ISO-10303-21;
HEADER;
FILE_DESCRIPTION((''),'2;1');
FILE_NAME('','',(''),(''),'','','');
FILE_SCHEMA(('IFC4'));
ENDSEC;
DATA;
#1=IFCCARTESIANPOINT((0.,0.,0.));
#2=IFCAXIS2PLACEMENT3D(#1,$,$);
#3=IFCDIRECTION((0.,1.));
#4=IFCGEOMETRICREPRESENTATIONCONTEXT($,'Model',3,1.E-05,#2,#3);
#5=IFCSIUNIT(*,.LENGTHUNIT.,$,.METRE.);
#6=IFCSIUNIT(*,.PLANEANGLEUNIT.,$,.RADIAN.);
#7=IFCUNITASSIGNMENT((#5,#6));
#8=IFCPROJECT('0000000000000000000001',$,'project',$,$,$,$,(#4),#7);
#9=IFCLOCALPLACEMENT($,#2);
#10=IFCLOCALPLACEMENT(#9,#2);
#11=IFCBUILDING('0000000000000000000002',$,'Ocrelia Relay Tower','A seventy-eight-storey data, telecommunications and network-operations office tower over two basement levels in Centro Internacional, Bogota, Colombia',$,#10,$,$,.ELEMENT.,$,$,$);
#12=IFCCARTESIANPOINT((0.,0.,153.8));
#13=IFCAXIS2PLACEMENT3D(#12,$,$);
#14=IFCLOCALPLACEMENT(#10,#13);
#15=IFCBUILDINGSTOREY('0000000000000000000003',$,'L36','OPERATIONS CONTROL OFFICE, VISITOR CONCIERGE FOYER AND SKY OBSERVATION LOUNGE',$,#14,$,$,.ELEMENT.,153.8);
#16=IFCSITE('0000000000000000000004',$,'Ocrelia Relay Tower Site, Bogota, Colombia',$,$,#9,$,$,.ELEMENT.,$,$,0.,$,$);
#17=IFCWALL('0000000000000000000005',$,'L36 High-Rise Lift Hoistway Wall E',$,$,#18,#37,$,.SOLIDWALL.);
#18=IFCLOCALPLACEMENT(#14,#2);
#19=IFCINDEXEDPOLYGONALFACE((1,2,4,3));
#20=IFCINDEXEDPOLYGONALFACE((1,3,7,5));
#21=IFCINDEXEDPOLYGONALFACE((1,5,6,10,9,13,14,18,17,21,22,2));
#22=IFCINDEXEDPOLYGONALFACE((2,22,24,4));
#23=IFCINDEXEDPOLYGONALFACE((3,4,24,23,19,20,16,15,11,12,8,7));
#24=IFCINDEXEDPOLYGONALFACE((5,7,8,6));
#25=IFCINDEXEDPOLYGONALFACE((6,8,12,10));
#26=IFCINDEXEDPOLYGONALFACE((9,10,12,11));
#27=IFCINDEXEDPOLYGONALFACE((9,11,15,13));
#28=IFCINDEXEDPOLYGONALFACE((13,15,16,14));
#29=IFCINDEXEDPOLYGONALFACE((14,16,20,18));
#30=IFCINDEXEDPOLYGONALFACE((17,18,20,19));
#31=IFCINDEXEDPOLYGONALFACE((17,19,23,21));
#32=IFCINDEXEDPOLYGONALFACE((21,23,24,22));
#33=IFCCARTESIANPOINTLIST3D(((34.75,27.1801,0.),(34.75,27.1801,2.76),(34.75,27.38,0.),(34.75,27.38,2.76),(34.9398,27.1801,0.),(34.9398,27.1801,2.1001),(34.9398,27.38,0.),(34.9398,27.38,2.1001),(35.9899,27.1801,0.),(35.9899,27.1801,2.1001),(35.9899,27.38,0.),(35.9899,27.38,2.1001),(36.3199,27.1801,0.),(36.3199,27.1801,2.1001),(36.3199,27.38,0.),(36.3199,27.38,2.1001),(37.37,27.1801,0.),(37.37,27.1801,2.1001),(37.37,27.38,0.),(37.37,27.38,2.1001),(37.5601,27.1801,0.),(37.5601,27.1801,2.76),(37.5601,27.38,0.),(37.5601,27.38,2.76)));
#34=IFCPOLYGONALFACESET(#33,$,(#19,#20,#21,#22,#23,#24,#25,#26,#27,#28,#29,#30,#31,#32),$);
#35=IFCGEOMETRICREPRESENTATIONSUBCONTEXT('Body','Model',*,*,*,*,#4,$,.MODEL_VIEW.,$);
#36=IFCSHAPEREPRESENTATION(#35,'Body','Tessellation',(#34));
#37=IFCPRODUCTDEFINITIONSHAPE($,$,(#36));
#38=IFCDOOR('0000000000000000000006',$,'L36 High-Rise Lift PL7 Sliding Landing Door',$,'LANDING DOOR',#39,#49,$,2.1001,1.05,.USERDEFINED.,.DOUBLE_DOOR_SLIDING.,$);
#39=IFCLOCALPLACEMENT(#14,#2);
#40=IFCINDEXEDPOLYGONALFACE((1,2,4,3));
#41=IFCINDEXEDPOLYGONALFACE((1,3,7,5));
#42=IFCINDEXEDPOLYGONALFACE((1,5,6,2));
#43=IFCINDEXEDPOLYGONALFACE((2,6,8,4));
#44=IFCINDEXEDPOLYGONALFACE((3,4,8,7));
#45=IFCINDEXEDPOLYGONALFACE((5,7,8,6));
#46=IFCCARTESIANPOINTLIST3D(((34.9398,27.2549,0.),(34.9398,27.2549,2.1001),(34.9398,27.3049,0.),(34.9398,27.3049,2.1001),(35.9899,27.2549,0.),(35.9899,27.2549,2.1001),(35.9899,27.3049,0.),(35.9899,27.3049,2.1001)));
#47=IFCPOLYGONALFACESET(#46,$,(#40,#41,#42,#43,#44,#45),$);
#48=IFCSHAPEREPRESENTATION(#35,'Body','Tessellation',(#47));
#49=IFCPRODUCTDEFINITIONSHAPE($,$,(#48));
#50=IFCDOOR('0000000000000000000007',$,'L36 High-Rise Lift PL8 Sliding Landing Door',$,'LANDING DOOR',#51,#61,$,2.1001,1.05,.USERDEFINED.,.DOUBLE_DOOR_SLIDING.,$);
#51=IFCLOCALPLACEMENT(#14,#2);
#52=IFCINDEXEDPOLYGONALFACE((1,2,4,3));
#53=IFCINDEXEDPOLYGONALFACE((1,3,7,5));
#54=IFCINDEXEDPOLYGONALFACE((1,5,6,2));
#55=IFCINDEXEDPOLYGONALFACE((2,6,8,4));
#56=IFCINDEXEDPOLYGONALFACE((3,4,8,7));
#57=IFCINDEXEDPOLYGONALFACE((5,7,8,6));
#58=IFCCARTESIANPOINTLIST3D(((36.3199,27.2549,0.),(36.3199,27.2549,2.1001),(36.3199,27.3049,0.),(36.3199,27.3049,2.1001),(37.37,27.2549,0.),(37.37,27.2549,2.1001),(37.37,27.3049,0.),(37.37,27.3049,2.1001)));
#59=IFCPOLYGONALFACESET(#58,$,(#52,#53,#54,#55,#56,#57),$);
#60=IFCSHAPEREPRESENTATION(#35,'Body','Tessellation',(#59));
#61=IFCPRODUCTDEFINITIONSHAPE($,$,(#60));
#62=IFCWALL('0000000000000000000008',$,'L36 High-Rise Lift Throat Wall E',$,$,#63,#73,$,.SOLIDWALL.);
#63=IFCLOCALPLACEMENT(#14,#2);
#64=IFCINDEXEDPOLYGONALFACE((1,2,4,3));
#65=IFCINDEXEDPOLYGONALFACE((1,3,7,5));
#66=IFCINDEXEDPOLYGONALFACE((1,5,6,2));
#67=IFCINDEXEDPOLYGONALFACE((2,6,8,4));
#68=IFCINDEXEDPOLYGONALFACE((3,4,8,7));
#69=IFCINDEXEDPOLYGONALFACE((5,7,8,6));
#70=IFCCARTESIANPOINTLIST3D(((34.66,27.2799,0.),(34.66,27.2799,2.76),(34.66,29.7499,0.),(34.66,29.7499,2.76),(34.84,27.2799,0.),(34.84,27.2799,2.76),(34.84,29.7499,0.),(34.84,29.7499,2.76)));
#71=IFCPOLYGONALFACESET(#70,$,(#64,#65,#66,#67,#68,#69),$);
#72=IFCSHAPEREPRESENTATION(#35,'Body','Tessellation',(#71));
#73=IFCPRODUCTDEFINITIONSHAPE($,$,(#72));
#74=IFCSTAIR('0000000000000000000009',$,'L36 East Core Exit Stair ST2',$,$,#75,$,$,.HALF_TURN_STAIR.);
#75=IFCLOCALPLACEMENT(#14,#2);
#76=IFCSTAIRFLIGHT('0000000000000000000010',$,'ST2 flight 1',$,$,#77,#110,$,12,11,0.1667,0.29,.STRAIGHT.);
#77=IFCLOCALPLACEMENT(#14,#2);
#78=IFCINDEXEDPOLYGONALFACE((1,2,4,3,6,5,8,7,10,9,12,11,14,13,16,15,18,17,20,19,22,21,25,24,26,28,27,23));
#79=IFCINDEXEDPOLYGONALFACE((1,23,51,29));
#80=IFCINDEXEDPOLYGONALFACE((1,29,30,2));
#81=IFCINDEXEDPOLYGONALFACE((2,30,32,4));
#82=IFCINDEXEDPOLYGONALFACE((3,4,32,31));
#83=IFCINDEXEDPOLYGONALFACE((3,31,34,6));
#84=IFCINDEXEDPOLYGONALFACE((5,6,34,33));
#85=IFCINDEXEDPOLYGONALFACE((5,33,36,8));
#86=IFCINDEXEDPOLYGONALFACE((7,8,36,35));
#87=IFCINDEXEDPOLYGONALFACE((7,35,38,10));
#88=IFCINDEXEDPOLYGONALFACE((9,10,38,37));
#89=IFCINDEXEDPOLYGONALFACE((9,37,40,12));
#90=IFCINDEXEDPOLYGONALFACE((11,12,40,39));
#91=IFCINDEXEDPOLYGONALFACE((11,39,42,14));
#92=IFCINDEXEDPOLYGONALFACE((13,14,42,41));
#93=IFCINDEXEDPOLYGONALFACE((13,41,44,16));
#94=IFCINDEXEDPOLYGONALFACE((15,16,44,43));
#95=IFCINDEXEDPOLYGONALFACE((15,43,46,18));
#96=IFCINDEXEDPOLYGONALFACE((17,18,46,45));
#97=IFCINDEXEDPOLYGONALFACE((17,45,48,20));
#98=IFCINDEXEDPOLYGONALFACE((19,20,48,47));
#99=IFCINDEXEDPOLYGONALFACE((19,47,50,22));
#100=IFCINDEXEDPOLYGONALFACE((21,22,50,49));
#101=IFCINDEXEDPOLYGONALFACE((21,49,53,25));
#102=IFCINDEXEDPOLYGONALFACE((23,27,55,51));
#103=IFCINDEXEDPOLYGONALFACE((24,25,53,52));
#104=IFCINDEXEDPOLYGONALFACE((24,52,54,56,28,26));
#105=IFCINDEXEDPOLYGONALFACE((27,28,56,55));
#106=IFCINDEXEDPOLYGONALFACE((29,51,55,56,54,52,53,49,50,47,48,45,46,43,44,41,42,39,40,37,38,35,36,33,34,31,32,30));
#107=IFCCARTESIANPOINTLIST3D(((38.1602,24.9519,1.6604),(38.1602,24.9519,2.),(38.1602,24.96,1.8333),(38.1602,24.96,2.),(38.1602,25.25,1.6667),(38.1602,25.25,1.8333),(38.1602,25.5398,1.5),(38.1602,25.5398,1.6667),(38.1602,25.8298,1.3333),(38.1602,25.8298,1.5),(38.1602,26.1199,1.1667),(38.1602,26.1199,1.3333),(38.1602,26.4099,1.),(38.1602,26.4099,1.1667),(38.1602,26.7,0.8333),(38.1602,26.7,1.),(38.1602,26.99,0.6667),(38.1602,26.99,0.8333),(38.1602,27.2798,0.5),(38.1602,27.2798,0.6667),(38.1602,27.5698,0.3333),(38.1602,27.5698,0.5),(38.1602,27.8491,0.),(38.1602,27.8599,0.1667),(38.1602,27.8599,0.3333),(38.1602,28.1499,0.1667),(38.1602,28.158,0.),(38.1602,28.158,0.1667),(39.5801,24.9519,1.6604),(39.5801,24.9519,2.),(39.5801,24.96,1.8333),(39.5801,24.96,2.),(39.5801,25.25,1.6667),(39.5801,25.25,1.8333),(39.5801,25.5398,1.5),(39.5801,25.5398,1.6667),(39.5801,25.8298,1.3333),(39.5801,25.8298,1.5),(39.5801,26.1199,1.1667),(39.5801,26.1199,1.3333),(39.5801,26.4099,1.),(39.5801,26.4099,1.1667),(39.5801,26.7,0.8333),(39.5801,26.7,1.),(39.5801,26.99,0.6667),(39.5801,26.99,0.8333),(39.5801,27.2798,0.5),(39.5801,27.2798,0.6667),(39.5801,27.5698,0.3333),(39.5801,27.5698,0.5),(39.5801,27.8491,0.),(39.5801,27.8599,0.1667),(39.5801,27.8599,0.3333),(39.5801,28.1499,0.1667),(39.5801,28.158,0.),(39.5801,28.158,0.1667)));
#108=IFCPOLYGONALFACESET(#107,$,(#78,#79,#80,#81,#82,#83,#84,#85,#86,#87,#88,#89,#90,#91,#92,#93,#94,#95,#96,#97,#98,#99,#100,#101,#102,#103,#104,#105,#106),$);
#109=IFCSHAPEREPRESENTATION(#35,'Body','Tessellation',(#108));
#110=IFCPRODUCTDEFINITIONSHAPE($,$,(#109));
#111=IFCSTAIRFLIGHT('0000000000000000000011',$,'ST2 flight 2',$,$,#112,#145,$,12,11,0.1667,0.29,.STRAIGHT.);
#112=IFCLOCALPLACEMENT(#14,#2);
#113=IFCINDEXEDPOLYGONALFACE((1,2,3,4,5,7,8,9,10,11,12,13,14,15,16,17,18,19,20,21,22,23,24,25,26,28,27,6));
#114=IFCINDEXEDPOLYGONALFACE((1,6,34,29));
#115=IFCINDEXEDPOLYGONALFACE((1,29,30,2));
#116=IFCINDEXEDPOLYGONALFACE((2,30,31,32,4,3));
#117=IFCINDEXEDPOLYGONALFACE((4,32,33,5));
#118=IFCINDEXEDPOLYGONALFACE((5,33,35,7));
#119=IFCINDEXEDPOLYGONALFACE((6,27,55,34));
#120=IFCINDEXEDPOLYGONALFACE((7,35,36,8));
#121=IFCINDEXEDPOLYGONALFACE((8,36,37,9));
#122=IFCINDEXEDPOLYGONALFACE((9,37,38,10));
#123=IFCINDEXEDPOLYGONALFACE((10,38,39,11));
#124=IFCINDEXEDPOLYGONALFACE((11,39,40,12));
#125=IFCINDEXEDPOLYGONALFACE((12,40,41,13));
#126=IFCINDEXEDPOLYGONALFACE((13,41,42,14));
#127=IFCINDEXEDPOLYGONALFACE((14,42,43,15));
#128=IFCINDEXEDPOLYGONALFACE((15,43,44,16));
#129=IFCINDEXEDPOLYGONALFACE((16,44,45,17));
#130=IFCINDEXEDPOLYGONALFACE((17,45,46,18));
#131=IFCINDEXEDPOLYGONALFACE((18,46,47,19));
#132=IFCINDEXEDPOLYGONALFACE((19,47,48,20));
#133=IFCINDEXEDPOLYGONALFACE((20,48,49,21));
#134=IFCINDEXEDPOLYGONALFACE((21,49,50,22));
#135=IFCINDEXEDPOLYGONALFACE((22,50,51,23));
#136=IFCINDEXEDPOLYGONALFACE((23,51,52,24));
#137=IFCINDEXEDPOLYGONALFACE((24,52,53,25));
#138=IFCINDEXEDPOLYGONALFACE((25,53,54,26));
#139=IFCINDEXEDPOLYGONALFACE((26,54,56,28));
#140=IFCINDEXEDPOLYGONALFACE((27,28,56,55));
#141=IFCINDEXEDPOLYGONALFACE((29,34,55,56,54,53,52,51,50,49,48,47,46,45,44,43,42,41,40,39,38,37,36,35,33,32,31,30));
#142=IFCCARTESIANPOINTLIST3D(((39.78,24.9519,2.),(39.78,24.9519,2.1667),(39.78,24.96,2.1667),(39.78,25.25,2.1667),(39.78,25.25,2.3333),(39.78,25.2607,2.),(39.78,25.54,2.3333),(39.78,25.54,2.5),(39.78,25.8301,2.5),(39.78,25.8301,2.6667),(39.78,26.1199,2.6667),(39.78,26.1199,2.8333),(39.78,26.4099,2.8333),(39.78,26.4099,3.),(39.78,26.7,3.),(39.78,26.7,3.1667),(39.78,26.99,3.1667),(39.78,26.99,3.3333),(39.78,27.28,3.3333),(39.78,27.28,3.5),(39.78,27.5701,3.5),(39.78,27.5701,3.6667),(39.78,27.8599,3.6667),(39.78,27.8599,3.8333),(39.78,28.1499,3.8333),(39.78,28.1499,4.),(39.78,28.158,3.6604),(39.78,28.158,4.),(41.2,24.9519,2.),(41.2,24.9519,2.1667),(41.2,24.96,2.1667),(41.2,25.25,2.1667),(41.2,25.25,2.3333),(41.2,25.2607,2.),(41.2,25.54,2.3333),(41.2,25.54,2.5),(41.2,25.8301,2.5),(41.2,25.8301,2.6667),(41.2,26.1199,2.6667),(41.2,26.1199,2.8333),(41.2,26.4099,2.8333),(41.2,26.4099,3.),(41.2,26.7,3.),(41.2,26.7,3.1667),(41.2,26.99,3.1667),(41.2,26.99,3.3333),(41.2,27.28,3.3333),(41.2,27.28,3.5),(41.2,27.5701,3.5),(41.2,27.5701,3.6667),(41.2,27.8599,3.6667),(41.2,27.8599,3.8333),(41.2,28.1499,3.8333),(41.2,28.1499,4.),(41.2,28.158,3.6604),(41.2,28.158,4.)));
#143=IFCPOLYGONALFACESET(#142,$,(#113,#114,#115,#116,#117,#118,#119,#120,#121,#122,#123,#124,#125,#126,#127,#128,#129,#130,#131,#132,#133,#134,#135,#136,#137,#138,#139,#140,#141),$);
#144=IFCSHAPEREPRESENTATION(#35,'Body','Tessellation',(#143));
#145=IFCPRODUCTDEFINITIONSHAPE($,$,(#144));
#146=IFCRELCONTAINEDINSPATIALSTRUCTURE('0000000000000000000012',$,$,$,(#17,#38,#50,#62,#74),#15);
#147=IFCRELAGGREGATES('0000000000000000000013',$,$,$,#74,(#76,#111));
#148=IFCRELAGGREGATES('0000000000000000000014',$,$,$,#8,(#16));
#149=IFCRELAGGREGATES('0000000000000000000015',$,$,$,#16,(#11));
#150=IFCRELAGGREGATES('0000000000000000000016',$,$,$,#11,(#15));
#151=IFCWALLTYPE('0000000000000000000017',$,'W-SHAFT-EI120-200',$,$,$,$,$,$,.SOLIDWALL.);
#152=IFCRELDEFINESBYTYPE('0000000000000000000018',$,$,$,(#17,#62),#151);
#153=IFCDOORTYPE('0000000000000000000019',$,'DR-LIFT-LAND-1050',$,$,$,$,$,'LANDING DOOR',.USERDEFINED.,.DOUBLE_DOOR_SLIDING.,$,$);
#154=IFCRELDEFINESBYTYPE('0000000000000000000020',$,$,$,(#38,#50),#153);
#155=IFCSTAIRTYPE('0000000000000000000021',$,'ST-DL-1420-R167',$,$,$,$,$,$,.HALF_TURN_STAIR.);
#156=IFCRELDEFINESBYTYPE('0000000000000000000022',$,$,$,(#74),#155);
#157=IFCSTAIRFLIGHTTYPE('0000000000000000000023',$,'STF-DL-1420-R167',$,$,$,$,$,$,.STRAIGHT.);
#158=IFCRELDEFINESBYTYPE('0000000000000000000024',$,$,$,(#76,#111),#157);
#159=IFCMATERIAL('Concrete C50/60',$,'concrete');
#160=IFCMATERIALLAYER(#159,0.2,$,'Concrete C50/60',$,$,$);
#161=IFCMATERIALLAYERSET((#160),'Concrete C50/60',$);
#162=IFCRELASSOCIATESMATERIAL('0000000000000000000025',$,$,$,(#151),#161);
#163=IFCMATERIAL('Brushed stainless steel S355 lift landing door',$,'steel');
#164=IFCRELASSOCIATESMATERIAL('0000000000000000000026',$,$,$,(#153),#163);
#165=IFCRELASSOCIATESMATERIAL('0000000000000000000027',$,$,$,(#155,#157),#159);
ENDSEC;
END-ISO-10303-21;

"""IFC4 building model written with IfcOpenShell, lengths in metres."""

from ifc_helpers import new_model, si_unit, direction, frame, frame_2d, origin, place, context, subcontext, project, spatial, polyline, rectangle, outline, extrude, material, layer, layer_set, type_object, element, fill, aggregate, save


model = new_model("IFC4")

# Units and contexts
model_context = context("Model", 3, precision=1e-05, world=origin(), true_north=direction((0.0, 1.0)))
body_context = subcontext(model_context, "Body", "Model", "MODEL_VIEW")
ifc_project = project(units=[si_unit("LENGTHUNIT", "METRE"), si_unit("PLANEANGLEUNIT", "RADIAN")], contexts=[model_context])

# Site, building, storey
site_placement = place(None, origin())
site = spatial("IfcSite", under=ifc_project, at=site_placement, Name="Ocrelia Relay Tower Site, Bogota, Colombia", CompositionType="ELEMENT", RefElevation=0.0)
building_placement = place(site_placement, origin())
building = spatial("IfcBuilding", under=site, at=building_placement, Name="Ocrelia Relay Tower", Description="A seventy-eight-storey data, telecommunications and network-operations office tower over two basement levels in Centro Internacional, Bogota, Colombia", CompositionType="ELEMENT")
storey_placement = place(building_placement, frame((0.0, 0.0, 153.8)))
storey = spatial("IfcBuildingStorey", under=building, at=storey_placement, Name="L36", Description="OPERATIONS CONTROL OFFICE, VISITOR CONCIERGE FOYER AND SKY OBSERVATION LOUNGE", CompositionType="ELEMENT", Elevation=153.8)

# Shared definitions
ifc_material_1 = material(Name="Concrete C50/60", Category="concrete")
ifc_layer_1 = layer(ifc_material_1, 0.2, Name="Concrete C50/60")
ifc_layer_set_1 = layer_set([ifc_layer_1], Name="Concrete C50/60")
wall_type_1 = type_object("IfcWallType", Name="W-SHAFT-EI120-200", PredefinedType="SOLIDWALL", material=ifc_layer_set_1)
ifc_material_2 = material(Name="Brushed stainless steel S355 lift landing door", Category="steel")
door_type = type_object("IfcDoorType", Name="DR-LIFT-LAND-1050", ElementType="LANDING DOOR", OperationType="DOUBLE_DOOR_SLIDING", PredefinedType="USERDEFINED", material=ifc_material_2)

# Wall, openings, doors
wall_1_placement = place(storey_placement, frame((34.75, 27.28, 0.0), z_axis=(0.0, 0.0, 1.0), x_axis=(1.0, 0.0, 0.0)))
wall_1 = element("IfcWall", 1, at=wall_1_placement, inside=storey, type_object=wall_type_1, Name="L36 High-Rise Lift Hoistway Wall E", PredefinedType="SOLIDWALL", context=body_context, shape_type="SweptSolid", body=[
    extrude(rectangle(XDim=2.8101, YDim=0.2, at=frame_2d((1.405, 0.0))), origin(), (0.0, 0.0, 1.0), 2.76),
])
opening_1_placement = place(wall_1_placement, frame((0.1899, 0.0, 0.0)))
opening_1 = element("IfcOpeningElement", 2, at=opening_1_placement, cuts=wall_1, PredefinedType="OPENING", context=body_context, shape_type="SweptSolid", body=[
    extrude(rectangle(XDim=1.05, YDim=2.1001, at=frame_2d((0.5249, 1.05))), frame((0.0, 0.1099, 0.0), z_axis=(0.0, -1.0, 0.0), x_axis=(1.0, 0.0, 0.0)), (0.0, 0.0, 1.0), 0.22),
])
opening_2_placement = place(wall_1_placement, frame((1.5701, 0.0, 0.0)))
opening_2 = element("IfcOpeningElement", 3, at=opening_2_placement, cuts=wall_1, PredefinedType="OPENING", context=body_context, shape_type="SweptSolid", body=[
    extrude(rectangle(XDim=1.05, YDim=2.1001, at=frame_2d((0.5249, 1.05))), frame((0.0, 0.1099, 0.0), z_axis=(0.0, -1.0, 0.0), x_axis=(1.0, 0.0, 0.0)), (0.0, 0.0, 1.0), 0.22),
])
door_1_placement = place(opening_1_placement, origin())
door_1 = element("IfcDoor", 4, at=door_1_placement, inside=storey, type_object=door_type, Name="L36 High-Rise Lift PL7 Sliding Landing Door", ObjectType="LANDING DOOR", OperationType="DOUBLE_DOOR_SLIDING", OverallHeight=2.1001, OverallWidth=1.05, PredefinedType="USERDEFINED", context=body_context, shape_type="SweptSolid", body=[
    extrude(rectangle(XDim=1.05, YDim=2.1001, at=frame_2d((0.5249, 1.05))), frame((0.0, 0.0249, 0.0), z_axis=(0.0, -1.0, 0.0), x_axis=(1.0, 0.0, 0.0)), (0.0, 0.0, 1.0), 0.05),
])
fill(opening_1, door_1)
door_2_placement = place(opening_2_placement, origin())
door_2 = element("IfcDoor", 5, at=door_2_placement, inside=storey, type_object=door_type, Name="L36 High-Rise Lift PL8 Sliding Landing Door", ObjectType="LANDING DOOR", OperationType="DOUBLE_DOOR_SLIDING", OverallHeight=2.1001, OverallWidth=1.05, PredefinedType="USERDEFINED", context=body_context, shape_type="SweptSolid", body=[
    extrude(rectangle(XDim=1.05, YDim=2.1001, at=frame_2d((0.5249, 1.05))), frame((0.0, 0.0249, 0.0), z_axis=(0.0, -1.0, 0.0), x_axis=(1.0, 0.0, 0.0)), (0.0, 0.0, 1.0), 0.05),
])
fill(opening_2, door_2)

# Wall
wall_2_placement = place(storey_placement, frame((34.75, 27.28, 0.0), z_axis=(0.0, 0.0, 1.0), x_axis=(0.0, 1.0, 0.0)))
element("IfcWall", 6, at=wall_2_placement, inside=storey, type_object=wall_type_1, Name="L36 High-Rise Lift Throat Wall E", PredefinedType="SOLIDWALL", context=body_context, shape_type="SweptSolid", body=[
    extrude(rectangle(XDim=2.47, YDim=0.1799, at=frame_2d((1.2349, 0.0))), origin(), (0.0, 0.0, 1.0), 2.76),
])

# Stair, stair flights
stair_type = type_object("IfcStairType", Name="ST-DL-1420-R167", PredefinedType="HALF_TURN_STAIR", material=ifc_material_1)
stair_placement = place(storey_placement, origin())
stair = element("IfcStair", 7, at=stair_placement, inside=storey, type_object=stair_type, Name="L36 East Core Exit Stair ST2", PredefinedType="HALF_TURN_STAIR")
stair_flight_type = type_object("IfcStairFlightType", Name="STF-DL-1420-R167", PredefinedType="STRAIGHT", material=ifc_material_1)
stair_flight_1_placement = place(storey_placement, frame((38.8701, 28.1499, 0.0), z_axis=(0.0, 0.0, 1.0), x_axis=(0.0, -1.0, 0.0)))
stair_flight_1 = element("IfcStairFlight", 8, at=stair_flight_1_placement, type_object=stair_flight_type, Name="ST2 flight 1", NumberOfRisers=12, NumberOfTreads=11, PredefinedType="STRAIGHT", RiserHeight=0.1667, TreadLength=0.29, context=body_context, shape_type="SweptSolid", body=[
    extrude(outline(polyline([(-0.0081, 0.0), (-0.0081, 0.1667), (0.0, 0.1667), (0.29, 0.1667), (0.29, 0.3333), (0.5801, 0.3333), (0.5801, 0.5), (0.8701, 0.5), (0.8701, 0.6667), (1.1599, 0.6667), (1.1599, 0.8333), (1.45, 0.8333), (1.45, 1.0), (1.74, 1.0), (1.74, 1.1667), (2.03, 1.1667), (2.03, 1.3333), (2.3201, 1.3333), (2.3201, 1.5), (2.6101, 1.5), (2.6101, 1.6667), (2.8999, 1.6667), (2.8999, 1.8333), (3.1899, 1.8333), (3.1899, 2.0), (3.198, 2.0), (3.198, 1.6604), (0.3008, 0.0), (-0.0081, 0.0)])), frame((0.0, 0.71, 0.0), z_axis=(0.0, -1.0, 0.0), x_axis=(1.0, 0.0, 0.0)), (0.0, 0.0, 1.0), 1.4199),
])
stair_flight_2_placement = place(storey_placement, frame((40.49, 24.96, 2.0), z_axis=(0.0, 0.0, 1.0), x_axis=(0.0, 1.0, 0.0)))
stair_flight_2 = element("IfcStairFlight", 9, at=stair_flight_2_placement, type_object=stair_flight_type, Name="ST2 flight 2", NumberOfRisers=12, NumberOfTreads=11, PredefinedType="STRAIGHT", RiserHeight=0.1667, TreadLength=0.29, context=body_context, shape_type="SweptSolid", body=[
    extrude(outline(polyline([(-0.0081, 0.0), (-0.0081, 0.1667), (0.0, 0.1667), (0.29, 0.1667), (0.29, 0.3333), (0.5801, 0.3333), (0.5801, 0.5), (0.8701, 0.5), (0.8701, 0.6667), (1.1599, 0.6667), (1.1599, 0.8333), (1.45, 0.8333), (1.45, 1.0), (1.74, 1.0), (1.74, 1.1667), (2.03, 1.1667), (2.03, 1.3333), (2.3201, 1.3333), (2.3201, 1.5), (2.6101, 1.5), (2.6101, 1.6667), (2.8999, 1.6667), (2.8999, 1.8333), (3.1899, 1.8333), (3.1899, 2.0), (3.198, 2.0), (3.198, 1.6604), (0.3008, 0.0), (-0.0081, 0.0)])), frame((0.0, 0.71, 0.0), z_axis=(0.0, -1.0, 0.0), x_axis=(1.0, 0.0, 0.0)), (0.0, 0.0, 1.0), 1.4199),
])
aggregate(stair, [stair_flight_1, stair_flight_2])

save(model, "model.ifc")
